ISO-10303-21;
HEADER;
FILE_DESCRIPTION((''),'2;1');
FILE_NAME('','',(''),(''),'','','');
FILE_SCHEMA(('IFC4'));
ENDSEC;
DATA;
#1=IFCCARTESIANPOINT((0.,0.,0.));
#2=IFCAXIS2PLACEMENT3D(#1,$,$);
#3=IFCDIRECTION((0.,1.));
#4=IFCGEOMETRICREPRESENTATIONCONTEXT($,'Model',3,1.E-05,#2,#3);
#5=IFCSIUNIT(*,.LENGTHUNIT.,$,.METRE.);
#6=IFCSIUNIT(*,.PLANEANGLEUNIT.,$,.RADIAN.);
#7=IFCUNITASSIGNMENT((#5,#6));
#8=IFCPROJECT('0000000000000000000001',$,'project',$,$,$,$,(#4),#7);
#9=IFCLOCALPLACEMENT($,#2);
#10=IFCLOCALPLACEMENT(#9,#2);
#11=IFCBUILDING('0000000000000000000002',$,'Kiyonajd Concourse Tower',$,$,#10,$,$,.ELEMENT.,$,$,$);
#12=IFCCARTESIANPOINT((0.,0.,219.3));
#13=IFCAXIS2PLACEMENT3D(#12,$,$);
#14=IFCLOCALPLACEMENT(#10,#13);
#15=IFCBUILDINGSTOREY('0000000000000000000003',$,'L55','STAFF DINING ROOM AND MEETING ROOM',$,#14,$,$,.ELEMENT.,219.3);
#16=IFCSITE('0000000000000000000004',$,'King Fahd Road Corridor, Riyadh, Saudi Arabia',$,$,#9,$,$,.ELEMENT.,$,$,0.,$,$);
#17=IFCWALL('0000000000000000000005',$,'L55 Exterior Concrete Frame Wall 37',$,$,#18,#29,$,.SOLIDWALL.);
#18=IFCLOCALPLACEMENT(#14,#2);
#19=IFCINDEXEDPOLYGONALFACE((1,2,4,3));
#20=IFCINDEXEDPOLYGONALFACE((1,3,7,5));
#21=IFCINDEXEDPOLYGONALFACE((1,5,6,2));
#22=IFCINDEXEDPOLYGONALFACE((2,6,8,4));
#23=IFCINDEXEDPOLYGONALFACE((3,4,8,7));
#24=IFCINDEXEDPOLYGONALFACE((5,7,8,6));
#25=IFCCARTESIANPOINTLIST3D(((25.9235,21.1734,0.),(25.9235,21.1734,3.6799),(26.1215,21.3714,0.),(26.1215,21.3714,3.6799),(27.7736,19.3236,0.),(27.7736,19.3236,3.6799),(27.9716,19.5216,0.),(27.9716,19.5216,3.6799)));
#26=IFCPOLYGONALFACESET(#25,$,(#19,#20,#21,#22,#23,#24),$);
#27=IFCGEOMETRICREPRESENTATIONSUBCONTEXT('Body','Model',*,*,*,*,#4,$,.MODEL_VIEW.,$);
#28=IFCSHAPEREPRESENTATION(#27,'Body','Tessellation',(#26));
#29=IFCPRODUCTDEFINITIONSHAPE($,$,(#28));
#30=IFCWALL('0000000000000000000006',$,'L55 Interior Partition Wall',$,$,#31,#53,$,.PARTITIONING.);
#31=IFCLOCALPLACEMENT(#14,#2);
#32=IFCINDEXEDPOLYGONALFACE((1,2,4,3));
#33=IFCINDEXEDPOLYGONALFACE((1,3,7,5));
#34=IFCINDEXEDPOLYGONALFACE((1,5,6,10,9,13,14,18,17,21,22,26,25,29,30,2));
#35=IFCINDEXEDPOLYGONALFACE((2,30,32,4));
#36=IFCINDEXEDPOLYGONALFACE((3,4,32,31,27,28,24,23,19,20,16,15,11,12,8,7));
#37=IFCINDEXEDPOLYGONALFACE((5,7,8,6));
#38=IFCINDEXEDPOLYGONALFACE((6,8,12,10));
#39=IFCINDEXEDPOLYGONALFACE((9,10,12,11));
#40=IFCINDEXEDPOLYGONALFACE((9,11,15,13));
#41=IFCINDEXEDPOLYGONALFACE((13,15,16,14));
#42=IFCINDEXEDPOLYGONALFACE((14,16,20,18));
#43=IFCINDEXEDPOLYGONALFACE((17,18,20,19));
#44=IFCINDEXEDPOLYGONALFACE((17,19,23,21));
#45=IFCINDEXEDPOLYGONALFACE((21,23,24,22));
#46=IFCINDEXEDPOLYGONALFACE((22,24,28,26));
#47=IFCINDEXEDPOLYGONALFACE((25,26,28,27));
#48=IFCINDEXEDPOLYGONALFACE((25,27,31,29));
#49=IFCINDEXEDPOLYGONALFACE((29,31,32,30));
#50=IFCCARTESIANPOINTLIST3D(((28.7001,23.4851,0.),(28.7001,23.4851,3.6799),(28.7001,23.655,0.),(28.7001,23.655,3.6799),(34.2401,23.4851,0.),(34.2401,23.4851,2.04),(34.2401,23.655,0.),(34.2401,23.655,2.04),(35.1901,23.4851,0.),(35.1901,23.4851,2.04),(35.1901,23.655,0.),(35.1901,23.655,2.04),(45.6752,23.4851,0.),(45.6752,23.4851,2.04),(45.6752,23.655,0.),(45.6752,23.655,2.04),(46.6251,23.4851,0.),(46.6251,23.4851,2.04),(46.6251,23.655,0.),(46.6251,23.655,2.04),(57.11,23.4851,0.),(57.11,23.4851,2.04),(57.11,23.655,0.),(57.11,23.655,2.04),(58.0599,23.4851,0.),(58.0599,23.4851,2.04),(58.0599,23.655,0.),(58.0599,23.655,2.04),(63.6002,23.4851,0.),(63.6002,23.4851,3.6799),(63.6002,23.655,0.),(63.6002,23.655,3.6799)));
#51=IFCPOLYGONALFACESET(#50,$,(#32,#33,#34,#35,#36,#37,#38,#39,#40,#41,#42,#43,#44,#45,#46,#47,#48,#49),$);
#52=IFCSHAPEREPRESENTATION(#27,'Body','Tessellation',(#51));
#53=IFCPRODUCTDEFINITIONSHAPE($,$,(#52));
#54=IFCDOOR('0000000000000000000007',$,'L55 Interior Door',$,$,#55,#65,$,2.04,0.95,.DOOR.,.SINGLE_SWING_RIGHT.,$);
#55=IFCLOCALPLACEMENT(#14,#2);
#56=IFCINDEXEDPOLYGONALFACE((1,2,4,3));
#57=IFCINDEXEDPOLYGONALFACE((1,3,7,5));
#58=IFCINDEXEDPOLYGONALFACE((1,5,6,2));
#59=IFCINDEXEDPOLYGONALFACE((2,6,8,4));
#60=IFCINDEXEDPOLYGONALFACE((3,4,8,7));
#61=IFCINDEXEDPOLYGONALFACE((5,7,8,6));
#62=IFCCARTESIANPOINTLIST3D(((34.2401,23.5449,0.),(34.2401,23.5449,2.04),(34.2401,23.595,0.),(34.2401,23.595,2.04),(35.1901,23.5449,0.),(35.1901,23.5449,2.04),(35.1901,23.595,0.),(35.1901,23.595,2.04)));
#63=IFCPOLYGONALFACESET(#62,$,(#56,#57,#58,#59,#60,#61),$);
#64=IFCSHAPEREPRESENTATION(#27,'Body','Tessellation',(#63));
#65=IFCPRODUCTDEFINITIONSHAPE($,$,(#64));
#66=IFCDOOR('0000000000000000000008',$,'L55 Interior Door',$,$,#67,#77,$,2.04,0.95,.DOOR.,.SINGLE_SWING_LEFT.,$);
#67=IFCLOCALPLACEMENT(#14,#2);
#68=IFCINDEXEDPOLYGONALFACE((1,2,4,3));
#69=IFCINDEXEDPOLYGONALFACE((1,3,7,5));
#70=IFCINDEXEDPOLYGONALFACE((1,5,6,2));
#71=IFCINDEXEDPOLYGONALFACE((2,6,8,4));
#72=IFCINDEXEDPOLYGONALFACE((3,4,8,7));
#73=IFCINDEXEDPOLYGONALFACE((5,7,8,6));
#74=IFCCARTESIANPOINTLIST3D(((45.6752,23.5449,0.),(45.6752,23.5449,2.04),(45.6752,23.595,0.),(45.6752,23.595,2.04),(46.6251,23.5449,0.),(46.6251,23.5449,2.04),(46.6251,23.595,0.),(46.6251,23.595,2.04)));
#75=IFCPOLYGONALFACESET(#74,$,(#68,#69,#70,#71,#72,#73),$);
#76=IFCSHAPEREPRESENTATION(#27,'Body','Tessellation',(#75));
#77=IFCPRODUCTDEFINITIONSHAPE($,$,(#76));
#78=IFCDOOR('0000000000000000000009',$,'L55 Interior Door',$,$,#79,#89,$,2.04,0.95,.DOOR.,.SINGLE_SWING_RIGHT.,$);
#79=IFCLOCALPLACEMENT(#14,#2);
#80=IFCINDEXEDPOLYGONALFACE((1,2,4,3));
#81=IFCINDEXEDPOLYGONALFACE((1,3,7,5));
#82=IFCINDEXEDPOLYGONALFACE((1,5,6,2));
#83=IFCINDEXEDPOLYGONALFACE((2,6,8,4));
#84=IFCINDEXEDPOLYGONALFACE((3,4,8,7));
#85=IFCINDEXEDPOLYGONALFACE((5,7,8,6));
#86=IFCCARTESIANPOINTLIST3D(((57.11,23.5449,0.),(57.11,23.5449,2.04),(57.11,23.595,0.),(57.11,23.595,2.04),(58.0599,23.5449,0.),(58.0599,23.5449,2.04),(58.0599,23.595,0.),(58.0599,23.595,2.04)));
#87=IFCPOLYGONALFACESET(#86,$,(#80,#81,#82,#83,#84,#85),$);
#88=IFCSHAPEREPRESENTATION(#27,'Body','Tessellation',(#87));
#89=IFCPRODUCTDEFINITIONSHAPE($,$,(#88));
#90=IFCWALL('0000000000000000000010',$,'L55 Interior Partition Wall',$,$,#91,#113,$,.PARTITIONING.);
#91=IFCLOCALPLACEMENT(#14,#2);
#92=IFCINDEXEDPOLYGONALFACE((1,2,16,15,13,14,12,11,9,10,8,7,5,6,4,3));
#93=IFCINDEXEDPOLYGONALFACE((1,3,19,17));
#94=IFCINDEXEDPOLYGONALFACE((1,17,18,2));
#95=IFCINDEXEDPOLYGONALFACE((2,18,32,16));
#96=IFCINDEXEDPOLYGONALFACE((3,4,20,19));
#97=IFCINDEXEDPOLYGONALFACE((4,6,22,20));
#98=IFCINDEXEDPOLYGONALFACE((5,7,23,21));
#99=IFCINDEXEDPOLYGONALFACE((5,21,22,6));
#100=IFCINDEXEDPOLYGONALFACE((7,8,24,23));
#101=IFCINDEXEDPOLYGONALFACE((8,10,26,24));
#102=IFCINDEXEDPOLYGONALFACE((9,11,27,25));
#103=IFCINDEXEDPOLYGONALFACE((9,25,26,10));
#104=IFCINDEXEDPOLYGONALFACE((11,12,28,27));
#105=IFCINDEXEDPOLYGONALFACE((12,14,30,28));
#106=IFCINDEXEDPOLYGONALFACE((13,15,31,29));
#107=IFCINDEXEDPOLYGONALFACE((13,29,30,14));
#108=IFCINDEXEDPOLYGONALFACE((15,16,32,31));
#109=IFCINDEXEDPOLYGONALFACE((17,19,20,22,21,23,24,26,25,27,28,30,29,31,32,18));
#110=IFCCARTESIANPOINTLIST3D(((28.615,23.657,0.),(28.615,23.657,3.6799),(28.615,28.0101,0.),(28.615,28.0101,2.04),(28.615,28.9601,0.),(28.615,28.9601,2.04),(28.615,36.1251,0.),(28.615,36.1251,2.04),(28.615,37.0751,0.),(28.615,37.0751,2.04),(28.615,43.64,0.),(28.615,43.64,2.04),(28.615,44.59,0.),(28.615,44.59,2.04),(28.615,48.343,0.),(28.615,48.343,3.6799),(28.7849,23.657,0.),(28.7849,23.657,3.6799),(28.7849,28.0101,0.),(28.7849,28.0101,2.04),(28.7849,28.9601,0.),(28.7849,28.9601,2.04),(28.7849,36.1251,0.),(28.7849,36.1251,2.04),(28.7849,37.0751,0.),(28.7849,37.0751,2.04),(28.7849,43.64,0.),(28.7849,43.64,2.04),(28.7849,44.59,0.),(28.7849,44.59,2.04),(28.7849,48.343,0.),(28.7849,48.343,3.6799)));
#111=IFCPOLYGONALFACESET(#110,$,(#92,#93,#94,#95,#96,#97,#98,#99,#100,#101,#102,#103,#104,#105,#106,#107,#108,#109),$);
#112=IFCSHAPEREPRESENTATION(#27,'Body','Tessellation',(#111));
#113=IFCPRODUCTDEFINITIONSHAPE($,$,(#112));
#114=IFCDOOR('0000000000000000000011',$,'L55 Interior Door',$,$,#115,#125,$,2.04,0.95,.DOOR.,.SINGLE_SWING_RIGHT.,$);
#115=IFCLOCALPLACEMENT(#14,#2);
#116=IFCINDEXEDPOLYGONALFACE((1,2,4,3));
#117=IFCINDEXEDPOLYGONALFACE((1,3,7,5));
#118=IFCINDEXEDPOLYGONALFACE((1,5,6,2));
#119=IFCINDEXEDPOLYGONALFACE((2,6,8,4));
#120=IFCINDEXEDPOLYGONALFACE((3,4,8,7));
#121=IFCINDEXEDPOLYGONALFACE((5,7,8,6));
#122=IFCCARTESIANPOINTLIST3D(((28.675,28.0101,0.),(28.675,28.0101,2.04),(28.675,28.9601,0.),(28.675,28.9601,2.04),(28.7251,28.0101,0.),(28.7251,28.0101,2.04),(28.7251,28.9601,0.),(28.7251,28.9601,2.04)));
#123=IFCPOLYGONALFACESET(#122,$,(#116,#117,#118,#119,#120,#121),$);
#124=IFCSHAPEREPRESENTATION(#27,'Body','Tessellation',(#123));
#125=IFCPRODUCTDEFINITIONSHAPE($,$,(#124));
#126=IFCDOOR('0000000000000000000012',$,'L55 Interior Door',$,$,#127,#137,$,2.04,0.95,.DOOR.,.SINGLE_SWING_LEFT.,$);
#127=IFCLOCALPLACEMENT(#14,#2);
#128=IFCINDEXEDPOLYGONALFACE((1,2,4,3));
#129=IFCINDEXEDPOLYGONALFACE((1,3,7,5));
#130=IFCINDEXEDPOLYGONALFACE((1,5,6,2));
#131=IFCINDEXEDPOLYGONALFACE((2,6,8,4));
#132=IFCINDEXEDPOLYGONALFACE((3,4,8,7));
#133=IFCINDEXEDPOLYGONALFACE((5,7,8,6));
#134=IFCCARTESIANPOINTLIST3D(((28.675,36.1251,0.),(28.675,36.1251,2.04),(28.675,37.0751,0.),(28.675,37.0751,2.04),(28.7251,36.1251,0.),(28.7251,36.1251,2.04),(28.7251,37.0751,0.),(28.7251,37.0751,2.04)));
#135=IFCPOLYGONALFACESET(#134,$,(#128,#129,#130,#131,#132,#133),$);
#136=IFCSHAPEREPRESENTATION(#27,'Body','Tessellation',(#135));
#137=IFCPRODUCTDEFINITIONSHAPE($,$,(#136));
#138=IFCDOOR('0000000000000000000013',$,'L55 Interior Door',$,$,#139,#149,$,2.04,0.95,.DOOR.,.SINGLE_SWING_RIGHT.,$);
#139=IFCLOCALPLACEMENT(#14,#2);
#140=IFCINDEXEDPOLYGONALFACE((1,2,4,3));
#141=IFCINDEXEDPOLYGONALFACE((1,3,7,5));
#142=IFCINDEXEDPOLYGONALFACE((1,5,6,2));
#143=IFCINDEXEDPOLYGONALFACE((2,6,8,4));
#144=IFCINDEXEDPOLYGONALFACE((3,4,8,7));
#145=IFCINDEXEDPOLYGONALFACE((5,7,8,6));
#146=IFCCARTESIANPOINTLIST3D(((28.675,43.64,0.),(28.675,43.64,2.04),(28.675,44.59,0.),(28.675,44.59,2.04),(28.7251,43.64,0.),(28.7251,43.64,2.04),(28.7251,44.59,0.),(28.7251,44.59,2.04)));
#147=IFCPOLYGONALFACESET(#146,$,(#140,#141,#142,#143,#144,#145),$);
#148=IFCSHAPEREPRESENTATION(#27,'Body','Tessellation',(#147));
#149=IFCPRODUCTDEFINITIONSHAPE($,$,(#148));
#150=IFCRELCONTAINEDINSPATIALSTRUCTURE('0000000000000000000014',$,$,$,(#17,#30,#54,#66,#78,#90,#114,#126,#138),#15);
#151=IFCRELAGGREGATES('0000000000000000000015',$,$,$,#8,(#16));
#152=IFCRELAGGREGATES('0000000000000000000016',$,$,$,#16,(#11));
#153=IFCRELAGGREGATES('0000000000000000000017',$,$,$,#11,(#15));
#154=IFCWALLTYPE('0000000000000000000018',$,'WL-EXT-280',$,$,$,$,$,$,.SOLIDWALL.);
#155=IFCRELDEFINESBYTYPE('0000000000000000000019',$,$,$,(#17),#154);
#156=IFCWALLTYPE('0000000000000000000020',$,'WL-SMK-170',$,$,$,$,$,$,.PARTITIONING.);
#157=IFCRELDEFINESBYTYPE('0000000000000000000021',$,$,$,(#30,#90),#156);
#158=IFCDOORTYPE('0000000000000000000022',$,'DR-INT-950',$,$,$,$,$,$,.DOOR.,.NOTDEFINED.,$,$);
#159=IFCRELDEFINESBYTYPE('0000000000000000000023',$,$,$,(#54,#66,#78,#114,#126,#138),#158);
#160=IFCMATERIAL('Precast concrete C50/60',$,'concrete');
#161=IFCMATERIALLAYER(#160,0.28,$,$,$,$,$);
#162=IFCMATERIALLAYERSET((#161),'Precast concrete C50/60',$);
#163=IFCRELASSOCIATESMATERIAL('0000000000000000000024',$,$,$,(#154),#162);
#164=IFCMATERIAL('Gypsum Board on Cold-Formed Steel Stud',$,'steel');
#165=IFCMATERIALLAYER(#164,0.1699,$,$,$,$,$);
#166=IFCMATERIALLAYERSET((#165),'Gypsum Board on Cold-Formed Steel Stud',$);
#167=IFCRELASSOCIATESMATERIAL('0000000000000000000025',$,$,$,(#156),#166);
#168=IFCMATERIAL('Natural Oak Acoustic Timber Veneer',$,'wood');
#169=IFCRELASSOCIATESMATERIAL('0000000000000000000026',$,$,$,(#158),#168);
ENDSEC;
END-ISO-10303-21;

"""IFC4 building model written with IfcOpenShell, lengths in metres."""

from ifc_helpers import new_model, si_unit, direction, frame, frame_2d, origin, place, context, subcontext, project, spatial, rectangle, extrude, material, layer, layer_set, type_object, element, fill, save


model = new_model("IFC4")

# Units and contexts
model_context = context("Model", 3, precision=1e-05, world=origin(), true_north=direction((0.0, 1.0)))
body_context = subcontext(model_context, "Body", "Model", "MODEL_VIEW")
ifc_project = project(units=[si_unit("LENGTHUNIT", "METRE"), si_unit("PLANEANGLEUNIT", "RADIAN")], contexts=[model_context])

# Site, building, storey
site_placement = place(None, origin())
site = spatial("IfcSite", under=ifc_project, at=site_placement, Name="King Fahd Road Corridor, Riyadh, Saudi Arabia", CompositionType="ELEMENT", RefElevation=0.0)
building_placement = place(site_placement, origin())
building = spatial("IfcBuilding", under=site, at=building_placement, Name="Kiyonajd Concourse Tower", CompositionType="ELEMENT")
storey_placement = place(building_placement, frame((0.0, 0.0, 219.3)))
storey = spatial("IfcBuildingStorey", under=building, at=storey_placement, Name="L55", Description="STAFF DINING ROOM AND MEETING ROOM", CompositionType="ELEMENT", Elevation=219.3)

# Shared definitions
ifc_material_1 = material(Name="Precast concrete C50/60", Category="concrete")

# Wall
ifc_layer_1 = layer(ifc_material_1, 0.28)
ifc_layer_set_1 = layer_set([ifc_layer_1], Name="Precast concrete C50/60")
wall_type_1 = type_object("IfcWallType", Name="WL-EXT-280", PredefinedType="SOLIDWALL", material=ifc_layer_set_1)
wall_1_placement = place(storey_placement, frame((27.8726, 19.4226, 0.0), z_axis=(0.0, 0.0, 1.0), x_axis=(-0.707153, 0.70706, 0.0)))
element("IfcWall", 1, at=wall_1_placement, inside=storey, type_object=wall_type_1, Name="L55 Exterior Concrete Frame Wall 37", PredefinedType="SOLIDWALL", context=body_context, shape_type="SweptSolid", body=[
    extrude(rectangle(XDim=2.6162, YDim=0.28, at=frame_2d((1.3081, 0.0))), origin(), (0.0, 0.0, 1.0), 3.6799),
])

# Walls, openings, doors
ifc_material_2 = material(Name="Gypsum Board on Cold-Formed Steel Stud", Category="steel")
ifc_layer_2 = layer(ifc_material_2, 0.1699)
ifc_layer_set_2 = layer_set([ifc_layer_2], Name="Gypsum Board on Cold-Formed Steel Stud")
wall_type_2 = type_object("IfcWallType", Name="WL-SMK-170", PredefinedType="PARTITIONING", material=ifc_layer_set_2)
wall_2_placement = place(storey_placement, frame((28.7, 23.5701, 0.0), z_axis=(0.0, 0.0, 1.0), x_axis=(1.0, 0.0, 0.0)))
wall_2 = element("IfcWall", 2, at=wall_2_placement, inside=storey, type_object=wall_type_2, Name="L55 Interior Partition Wall", PredefinedType="PARTITIONING", context=body_context, shape_type="SweptSolid", body=[
    extrude(rectangle(XDim=34.9001, YDim=0.1699, at=frame_2d((17.4502, 0.0))), origin(), (0.0, 0.0, 1.0), 3.6799),
])
opening_1_placement = place(wall_2_placement, frame((5.54, 0.0, 0.0)))
opening_1 = element("IfcOpeningElement", 3, at=opening_1_placement, cuts=wall_2, PredefinedType="OPENING", context=body_context, shape_type="SweptSolid", body=[
    extrude(rectangle(XDim=0.95, YDim=2.04, at=frame_2d((0.4751, 1.02))), frame((0.0, 0.095, 0.0), z_axis=(0.0, -1.0, 0.0), x_axis=(1.0, 0.0, 0.0)), (0.0, 0.0, 1.0), 0.1899),
])
opening_2_placement = place(wall_2_placement, frame((16.9751, 0.0, 0.0)))
opening_2 = element("IfcOpeningElement", 4, at=opening_2_placement, cuts=wall_2, PredefinedType="OPENING", context=body_context, shape_type="SweptSolid", body=[
    extrude(rectangle(XDim=0.95, YDim=2.04, at=frame_2d((0.4751, 1.02))), frame((0.0, 0.095, 0.0), z_axis=(0.0, -1.0, 0.0), x_axis=(1.0, 0.0, 0.0)), (0.0, 0.0, 1.0), 0.1899),
])
opening_3_placement = place(wall_2_placement, frame((28.4099, 0.0, 0.0)))
opening_3 = element("IfcOpeningElement", 5, at=opening_3_placement, cuts=wall_2, PredefinedType="OPENING", context=body_context, shape_type="SweptSolid", body=[
    extrude(rectangle(XDim=0.95, YDim=2.04, at=frame_2d((0.4751, 1.02))), frame((0.0, 0.095, 0.0), z_axis=(0.0, -1.0, 0.0), x_axis=(1.0, 0.0, 0.0)), (0.0, 0.0, 1.0), 0.1899),
])
ifc_material_3 = material(Name="Natural Oak Acoustic Timber Veneer", Category="wood")
door_type = type_object("IfcDoorType", Name="DR-INT-950", OperationType="NOTDEFINED", PredefinedType="DOOR", material=ifc_material_3)
door_1_placement = place(opening_1_placement, origin())
door_1 = element("IfcDoor", 6, at=door_1_placement, inside=storey, type_object=door_type, Name="L55 Interior Door", OperationType="SINGLE_SWING_RIGHT", OverallHeight=2.04, OverallWidth=0.95, PredefinedType="DOOR", context=body_context, shape_type="SweptSolid", body=[
    extrude(rectangle(XDim=0.95, YDim=2.04, at=frame_2d((0.4751, 1.02))), frame((0.0, 0.0249, 0.0), z_axis=(0.0, -1.0, 0.0), x_axis=(1.0, 0.0, 0.0)), (0.0, 0.0, 1.0), 0.05),
])
fill(opening_1, door_1)
door_2_placement = place(opening_2_placement, origin())
door_2 = element("IfcDoor", 7, at=door_2_placement, inside=storey, type_object=door_type, Name="L55 Interior Door", OperationType="SINGLE_SWING_LEFT", OverallHeight=2.04, OverallWidth=0.95, PredefinedType="DOOR", context=body_context, shape_type="SweptSolid", body=[
    extrude(rectangle(XDim=0.95, YDim=2.04, at=frame_2d((0.4751, 1.02))), frame((0.0, 0.0249, 0.0), z_axis=(0.0, -1.0, 0.0), x_axis=(1.0, 0.0, 0.0)), (0.0, 0.0, 1.0), 0.05),
])
fill(opening_2, door_2)
door_3_placement = place(opening_3_placement, origin())
door_3 = element("IfcDoor", 8, at=door_3_placement, inside=storey, type_object=door_type, Name="L55 Interior Door", OperationType="SINGLE_SWING_RIGHT", OverallHeight=2.04, OverallWidth=0.95, PredefinedType="DOOR", context=body_context, shape_type="SweptSolid", body=[
    extrude(rectangle(XDim=0.95, YDim=2.04, at=frame_2d((0.4751, 1.02))), frame((0.0, 0.0249, 0.0), z_axis=(0.0, -1.0, 0.0), x_axis=(1.0, 0.0, 0.0)), (0.0, 0.0, 1.0), 0.05),
])
fill(opening_3, door_3)
wall_3_placement = place(storey_placement, frame((28.7, 23.657, 0.0), z_axis=(0.0, 0.0, 1.0), x_axis=(0.0, 1.0, 0.0)))
wall_3 = element("IfcWall", 9, at=wall_3_placement, inside=storey, type_object=wall_type_2, Name="L55 Interior Partition Wall", PredefinedType="PARTITIONING", context=body_context, shape_type="SweptSolid", body=[
    extrude(rectangle(XDim=24.686, YDim=0.1699, at=frame_2d((12.343, 0.0))), origin(), (0.0, 0.0, 1.0), 3.6799),
])
opening_4_placement = place(wall_3_placement, frame((4.353, 0.0, 0.0)))
opening_4 = element("IfcOpeningElement", 10, at=opening_4_placement, cuts=wall_3, PredefinedType="OPENING", context=body_context, shape_type="SweptSolid", body=[
    extrude(rectangle(XDim=0.95, YDim=2.04, at=frame_2d((0.4751, 1.02))), frame((0.0, 0.095, 0.0), z_axis=(0.0, -1.0, 0.0), x_axis=(1.0, 0.0, 0.0)), (0.0, 0.0, 1.0), 0.1899),
])
opening_5_placement = place(wall_3_placement, frame((12.468, 0.0, 0.0)))
opening_5 = element("IfcOpeningElement", 11, at=opening_5_placement, cuts=wall_3, PredefinedType="OPENING", context=body_context, shape_type="SweptSolid", body=[
    extrude(rectangle(XDim=0.95, YDim=2.04, at=frame_2d((0.4751, 1.02))), frame((0.0, 0.095, 0.0), z_axis=(0.0, -1.0, 0.0), x_axis=(1.0, 0.0, 0.0)), (0.0, 0.0, 1.0), 0.1899),
])
opening_6_placement = place(wall_3_placement, frame((19.9829, 0.0, 0.0)))
opening_6 = element("IfcOpeningElement", 12, at=opening_6_placement, cuts=wall_3, PredefinedType="OPENING", context=body_context, shape_type="SweptSolid", body=[
    extrude(rectangle(XDim=0.95, YDim=2.04, at=frame_2d((0.4751, 1.02))), frame((0.0, 0.095, 0.0), z_axis=(0.0, -1.0, 0.0), x_axis=(1.0, 0.0, 0.0)), (0.0, 0.0, 1.0), 0.1899),
])
door_4_placement = place(opening_4_placement, origin())
door_4 = element("IfcDoor", 13, at=door_4_placement, inside=storey, type_object=door_type, Name="L55 Interior Door", OperationType="SINGLE_SWING_RIGHT", OverallHeight=2.04, OverallWidth=0.95, PredefinedType="DOOR", context=body_context, shape_type="SweptSolid", body=[
    extrude(rectangle(XDim=0.95, YDim=2.04, at=frame_2d((0.4751, 1.02))), frame((0.0, 0.0249, 0.0), z_axis=(0.0, -1.0, 0.0), x_axis=(1.0, 0.0, 0.0)), (0.0, 0.0, 1.0), 0.05),
])
fill(opening_4, door_4)
door_5_placement = place(opening_5_placement, origin())
door_5 = element("IfcDoor", 14, at=door_5_placement, inside=storey, type_object=door_type, Name="L55 Interior Door", OperationType="SINGLE_SWING_LEFT", OverallHeight=2.04, OverallWidth=0.95, PredefinedType="DOOR", context=body_context, shape_type="SweptSolid", body=[
    extrude(rectangle(XDim=0.95, YDim=2.04, at=frame_2d((0.4751, 1.02))), frame((0.0, 0.0249, 0.0), z_axis=(0.0, -1.0, 0.0), x_axis=(1.0, 0.0, 0.0)), (0.0, 0.0, 1.0), 0.05),
])
fill(opening_5, door_5)
door_6_placement = place(opening_6_placement, origin())
door_6 = element("IfcDoor", 15, at=door_6_placement, inside=storey, type_object=door_type, Name="L55 Interior Door", OperationType="SINGLE_SWING_RIGHT", OverallHeight=2.04, OverallWidth=0.95, PredefinedType="DOOR", context=body_context, shape_type="SweptSolid", body=[
    extrude(rectangle(XDim=0.95, YDim=2.04, at=frame_2d((0.4751, 1.02))), frame((0.0, 0.0249, 0.0), z_axis=(0.0, -1.0, 0.0), x_axis=(1.0, 0.0, 0.0)), (0.0, 0.0, 1.0), 0.05),
])
fill(opening_6, door_6)

save(model, "model.ifc")
